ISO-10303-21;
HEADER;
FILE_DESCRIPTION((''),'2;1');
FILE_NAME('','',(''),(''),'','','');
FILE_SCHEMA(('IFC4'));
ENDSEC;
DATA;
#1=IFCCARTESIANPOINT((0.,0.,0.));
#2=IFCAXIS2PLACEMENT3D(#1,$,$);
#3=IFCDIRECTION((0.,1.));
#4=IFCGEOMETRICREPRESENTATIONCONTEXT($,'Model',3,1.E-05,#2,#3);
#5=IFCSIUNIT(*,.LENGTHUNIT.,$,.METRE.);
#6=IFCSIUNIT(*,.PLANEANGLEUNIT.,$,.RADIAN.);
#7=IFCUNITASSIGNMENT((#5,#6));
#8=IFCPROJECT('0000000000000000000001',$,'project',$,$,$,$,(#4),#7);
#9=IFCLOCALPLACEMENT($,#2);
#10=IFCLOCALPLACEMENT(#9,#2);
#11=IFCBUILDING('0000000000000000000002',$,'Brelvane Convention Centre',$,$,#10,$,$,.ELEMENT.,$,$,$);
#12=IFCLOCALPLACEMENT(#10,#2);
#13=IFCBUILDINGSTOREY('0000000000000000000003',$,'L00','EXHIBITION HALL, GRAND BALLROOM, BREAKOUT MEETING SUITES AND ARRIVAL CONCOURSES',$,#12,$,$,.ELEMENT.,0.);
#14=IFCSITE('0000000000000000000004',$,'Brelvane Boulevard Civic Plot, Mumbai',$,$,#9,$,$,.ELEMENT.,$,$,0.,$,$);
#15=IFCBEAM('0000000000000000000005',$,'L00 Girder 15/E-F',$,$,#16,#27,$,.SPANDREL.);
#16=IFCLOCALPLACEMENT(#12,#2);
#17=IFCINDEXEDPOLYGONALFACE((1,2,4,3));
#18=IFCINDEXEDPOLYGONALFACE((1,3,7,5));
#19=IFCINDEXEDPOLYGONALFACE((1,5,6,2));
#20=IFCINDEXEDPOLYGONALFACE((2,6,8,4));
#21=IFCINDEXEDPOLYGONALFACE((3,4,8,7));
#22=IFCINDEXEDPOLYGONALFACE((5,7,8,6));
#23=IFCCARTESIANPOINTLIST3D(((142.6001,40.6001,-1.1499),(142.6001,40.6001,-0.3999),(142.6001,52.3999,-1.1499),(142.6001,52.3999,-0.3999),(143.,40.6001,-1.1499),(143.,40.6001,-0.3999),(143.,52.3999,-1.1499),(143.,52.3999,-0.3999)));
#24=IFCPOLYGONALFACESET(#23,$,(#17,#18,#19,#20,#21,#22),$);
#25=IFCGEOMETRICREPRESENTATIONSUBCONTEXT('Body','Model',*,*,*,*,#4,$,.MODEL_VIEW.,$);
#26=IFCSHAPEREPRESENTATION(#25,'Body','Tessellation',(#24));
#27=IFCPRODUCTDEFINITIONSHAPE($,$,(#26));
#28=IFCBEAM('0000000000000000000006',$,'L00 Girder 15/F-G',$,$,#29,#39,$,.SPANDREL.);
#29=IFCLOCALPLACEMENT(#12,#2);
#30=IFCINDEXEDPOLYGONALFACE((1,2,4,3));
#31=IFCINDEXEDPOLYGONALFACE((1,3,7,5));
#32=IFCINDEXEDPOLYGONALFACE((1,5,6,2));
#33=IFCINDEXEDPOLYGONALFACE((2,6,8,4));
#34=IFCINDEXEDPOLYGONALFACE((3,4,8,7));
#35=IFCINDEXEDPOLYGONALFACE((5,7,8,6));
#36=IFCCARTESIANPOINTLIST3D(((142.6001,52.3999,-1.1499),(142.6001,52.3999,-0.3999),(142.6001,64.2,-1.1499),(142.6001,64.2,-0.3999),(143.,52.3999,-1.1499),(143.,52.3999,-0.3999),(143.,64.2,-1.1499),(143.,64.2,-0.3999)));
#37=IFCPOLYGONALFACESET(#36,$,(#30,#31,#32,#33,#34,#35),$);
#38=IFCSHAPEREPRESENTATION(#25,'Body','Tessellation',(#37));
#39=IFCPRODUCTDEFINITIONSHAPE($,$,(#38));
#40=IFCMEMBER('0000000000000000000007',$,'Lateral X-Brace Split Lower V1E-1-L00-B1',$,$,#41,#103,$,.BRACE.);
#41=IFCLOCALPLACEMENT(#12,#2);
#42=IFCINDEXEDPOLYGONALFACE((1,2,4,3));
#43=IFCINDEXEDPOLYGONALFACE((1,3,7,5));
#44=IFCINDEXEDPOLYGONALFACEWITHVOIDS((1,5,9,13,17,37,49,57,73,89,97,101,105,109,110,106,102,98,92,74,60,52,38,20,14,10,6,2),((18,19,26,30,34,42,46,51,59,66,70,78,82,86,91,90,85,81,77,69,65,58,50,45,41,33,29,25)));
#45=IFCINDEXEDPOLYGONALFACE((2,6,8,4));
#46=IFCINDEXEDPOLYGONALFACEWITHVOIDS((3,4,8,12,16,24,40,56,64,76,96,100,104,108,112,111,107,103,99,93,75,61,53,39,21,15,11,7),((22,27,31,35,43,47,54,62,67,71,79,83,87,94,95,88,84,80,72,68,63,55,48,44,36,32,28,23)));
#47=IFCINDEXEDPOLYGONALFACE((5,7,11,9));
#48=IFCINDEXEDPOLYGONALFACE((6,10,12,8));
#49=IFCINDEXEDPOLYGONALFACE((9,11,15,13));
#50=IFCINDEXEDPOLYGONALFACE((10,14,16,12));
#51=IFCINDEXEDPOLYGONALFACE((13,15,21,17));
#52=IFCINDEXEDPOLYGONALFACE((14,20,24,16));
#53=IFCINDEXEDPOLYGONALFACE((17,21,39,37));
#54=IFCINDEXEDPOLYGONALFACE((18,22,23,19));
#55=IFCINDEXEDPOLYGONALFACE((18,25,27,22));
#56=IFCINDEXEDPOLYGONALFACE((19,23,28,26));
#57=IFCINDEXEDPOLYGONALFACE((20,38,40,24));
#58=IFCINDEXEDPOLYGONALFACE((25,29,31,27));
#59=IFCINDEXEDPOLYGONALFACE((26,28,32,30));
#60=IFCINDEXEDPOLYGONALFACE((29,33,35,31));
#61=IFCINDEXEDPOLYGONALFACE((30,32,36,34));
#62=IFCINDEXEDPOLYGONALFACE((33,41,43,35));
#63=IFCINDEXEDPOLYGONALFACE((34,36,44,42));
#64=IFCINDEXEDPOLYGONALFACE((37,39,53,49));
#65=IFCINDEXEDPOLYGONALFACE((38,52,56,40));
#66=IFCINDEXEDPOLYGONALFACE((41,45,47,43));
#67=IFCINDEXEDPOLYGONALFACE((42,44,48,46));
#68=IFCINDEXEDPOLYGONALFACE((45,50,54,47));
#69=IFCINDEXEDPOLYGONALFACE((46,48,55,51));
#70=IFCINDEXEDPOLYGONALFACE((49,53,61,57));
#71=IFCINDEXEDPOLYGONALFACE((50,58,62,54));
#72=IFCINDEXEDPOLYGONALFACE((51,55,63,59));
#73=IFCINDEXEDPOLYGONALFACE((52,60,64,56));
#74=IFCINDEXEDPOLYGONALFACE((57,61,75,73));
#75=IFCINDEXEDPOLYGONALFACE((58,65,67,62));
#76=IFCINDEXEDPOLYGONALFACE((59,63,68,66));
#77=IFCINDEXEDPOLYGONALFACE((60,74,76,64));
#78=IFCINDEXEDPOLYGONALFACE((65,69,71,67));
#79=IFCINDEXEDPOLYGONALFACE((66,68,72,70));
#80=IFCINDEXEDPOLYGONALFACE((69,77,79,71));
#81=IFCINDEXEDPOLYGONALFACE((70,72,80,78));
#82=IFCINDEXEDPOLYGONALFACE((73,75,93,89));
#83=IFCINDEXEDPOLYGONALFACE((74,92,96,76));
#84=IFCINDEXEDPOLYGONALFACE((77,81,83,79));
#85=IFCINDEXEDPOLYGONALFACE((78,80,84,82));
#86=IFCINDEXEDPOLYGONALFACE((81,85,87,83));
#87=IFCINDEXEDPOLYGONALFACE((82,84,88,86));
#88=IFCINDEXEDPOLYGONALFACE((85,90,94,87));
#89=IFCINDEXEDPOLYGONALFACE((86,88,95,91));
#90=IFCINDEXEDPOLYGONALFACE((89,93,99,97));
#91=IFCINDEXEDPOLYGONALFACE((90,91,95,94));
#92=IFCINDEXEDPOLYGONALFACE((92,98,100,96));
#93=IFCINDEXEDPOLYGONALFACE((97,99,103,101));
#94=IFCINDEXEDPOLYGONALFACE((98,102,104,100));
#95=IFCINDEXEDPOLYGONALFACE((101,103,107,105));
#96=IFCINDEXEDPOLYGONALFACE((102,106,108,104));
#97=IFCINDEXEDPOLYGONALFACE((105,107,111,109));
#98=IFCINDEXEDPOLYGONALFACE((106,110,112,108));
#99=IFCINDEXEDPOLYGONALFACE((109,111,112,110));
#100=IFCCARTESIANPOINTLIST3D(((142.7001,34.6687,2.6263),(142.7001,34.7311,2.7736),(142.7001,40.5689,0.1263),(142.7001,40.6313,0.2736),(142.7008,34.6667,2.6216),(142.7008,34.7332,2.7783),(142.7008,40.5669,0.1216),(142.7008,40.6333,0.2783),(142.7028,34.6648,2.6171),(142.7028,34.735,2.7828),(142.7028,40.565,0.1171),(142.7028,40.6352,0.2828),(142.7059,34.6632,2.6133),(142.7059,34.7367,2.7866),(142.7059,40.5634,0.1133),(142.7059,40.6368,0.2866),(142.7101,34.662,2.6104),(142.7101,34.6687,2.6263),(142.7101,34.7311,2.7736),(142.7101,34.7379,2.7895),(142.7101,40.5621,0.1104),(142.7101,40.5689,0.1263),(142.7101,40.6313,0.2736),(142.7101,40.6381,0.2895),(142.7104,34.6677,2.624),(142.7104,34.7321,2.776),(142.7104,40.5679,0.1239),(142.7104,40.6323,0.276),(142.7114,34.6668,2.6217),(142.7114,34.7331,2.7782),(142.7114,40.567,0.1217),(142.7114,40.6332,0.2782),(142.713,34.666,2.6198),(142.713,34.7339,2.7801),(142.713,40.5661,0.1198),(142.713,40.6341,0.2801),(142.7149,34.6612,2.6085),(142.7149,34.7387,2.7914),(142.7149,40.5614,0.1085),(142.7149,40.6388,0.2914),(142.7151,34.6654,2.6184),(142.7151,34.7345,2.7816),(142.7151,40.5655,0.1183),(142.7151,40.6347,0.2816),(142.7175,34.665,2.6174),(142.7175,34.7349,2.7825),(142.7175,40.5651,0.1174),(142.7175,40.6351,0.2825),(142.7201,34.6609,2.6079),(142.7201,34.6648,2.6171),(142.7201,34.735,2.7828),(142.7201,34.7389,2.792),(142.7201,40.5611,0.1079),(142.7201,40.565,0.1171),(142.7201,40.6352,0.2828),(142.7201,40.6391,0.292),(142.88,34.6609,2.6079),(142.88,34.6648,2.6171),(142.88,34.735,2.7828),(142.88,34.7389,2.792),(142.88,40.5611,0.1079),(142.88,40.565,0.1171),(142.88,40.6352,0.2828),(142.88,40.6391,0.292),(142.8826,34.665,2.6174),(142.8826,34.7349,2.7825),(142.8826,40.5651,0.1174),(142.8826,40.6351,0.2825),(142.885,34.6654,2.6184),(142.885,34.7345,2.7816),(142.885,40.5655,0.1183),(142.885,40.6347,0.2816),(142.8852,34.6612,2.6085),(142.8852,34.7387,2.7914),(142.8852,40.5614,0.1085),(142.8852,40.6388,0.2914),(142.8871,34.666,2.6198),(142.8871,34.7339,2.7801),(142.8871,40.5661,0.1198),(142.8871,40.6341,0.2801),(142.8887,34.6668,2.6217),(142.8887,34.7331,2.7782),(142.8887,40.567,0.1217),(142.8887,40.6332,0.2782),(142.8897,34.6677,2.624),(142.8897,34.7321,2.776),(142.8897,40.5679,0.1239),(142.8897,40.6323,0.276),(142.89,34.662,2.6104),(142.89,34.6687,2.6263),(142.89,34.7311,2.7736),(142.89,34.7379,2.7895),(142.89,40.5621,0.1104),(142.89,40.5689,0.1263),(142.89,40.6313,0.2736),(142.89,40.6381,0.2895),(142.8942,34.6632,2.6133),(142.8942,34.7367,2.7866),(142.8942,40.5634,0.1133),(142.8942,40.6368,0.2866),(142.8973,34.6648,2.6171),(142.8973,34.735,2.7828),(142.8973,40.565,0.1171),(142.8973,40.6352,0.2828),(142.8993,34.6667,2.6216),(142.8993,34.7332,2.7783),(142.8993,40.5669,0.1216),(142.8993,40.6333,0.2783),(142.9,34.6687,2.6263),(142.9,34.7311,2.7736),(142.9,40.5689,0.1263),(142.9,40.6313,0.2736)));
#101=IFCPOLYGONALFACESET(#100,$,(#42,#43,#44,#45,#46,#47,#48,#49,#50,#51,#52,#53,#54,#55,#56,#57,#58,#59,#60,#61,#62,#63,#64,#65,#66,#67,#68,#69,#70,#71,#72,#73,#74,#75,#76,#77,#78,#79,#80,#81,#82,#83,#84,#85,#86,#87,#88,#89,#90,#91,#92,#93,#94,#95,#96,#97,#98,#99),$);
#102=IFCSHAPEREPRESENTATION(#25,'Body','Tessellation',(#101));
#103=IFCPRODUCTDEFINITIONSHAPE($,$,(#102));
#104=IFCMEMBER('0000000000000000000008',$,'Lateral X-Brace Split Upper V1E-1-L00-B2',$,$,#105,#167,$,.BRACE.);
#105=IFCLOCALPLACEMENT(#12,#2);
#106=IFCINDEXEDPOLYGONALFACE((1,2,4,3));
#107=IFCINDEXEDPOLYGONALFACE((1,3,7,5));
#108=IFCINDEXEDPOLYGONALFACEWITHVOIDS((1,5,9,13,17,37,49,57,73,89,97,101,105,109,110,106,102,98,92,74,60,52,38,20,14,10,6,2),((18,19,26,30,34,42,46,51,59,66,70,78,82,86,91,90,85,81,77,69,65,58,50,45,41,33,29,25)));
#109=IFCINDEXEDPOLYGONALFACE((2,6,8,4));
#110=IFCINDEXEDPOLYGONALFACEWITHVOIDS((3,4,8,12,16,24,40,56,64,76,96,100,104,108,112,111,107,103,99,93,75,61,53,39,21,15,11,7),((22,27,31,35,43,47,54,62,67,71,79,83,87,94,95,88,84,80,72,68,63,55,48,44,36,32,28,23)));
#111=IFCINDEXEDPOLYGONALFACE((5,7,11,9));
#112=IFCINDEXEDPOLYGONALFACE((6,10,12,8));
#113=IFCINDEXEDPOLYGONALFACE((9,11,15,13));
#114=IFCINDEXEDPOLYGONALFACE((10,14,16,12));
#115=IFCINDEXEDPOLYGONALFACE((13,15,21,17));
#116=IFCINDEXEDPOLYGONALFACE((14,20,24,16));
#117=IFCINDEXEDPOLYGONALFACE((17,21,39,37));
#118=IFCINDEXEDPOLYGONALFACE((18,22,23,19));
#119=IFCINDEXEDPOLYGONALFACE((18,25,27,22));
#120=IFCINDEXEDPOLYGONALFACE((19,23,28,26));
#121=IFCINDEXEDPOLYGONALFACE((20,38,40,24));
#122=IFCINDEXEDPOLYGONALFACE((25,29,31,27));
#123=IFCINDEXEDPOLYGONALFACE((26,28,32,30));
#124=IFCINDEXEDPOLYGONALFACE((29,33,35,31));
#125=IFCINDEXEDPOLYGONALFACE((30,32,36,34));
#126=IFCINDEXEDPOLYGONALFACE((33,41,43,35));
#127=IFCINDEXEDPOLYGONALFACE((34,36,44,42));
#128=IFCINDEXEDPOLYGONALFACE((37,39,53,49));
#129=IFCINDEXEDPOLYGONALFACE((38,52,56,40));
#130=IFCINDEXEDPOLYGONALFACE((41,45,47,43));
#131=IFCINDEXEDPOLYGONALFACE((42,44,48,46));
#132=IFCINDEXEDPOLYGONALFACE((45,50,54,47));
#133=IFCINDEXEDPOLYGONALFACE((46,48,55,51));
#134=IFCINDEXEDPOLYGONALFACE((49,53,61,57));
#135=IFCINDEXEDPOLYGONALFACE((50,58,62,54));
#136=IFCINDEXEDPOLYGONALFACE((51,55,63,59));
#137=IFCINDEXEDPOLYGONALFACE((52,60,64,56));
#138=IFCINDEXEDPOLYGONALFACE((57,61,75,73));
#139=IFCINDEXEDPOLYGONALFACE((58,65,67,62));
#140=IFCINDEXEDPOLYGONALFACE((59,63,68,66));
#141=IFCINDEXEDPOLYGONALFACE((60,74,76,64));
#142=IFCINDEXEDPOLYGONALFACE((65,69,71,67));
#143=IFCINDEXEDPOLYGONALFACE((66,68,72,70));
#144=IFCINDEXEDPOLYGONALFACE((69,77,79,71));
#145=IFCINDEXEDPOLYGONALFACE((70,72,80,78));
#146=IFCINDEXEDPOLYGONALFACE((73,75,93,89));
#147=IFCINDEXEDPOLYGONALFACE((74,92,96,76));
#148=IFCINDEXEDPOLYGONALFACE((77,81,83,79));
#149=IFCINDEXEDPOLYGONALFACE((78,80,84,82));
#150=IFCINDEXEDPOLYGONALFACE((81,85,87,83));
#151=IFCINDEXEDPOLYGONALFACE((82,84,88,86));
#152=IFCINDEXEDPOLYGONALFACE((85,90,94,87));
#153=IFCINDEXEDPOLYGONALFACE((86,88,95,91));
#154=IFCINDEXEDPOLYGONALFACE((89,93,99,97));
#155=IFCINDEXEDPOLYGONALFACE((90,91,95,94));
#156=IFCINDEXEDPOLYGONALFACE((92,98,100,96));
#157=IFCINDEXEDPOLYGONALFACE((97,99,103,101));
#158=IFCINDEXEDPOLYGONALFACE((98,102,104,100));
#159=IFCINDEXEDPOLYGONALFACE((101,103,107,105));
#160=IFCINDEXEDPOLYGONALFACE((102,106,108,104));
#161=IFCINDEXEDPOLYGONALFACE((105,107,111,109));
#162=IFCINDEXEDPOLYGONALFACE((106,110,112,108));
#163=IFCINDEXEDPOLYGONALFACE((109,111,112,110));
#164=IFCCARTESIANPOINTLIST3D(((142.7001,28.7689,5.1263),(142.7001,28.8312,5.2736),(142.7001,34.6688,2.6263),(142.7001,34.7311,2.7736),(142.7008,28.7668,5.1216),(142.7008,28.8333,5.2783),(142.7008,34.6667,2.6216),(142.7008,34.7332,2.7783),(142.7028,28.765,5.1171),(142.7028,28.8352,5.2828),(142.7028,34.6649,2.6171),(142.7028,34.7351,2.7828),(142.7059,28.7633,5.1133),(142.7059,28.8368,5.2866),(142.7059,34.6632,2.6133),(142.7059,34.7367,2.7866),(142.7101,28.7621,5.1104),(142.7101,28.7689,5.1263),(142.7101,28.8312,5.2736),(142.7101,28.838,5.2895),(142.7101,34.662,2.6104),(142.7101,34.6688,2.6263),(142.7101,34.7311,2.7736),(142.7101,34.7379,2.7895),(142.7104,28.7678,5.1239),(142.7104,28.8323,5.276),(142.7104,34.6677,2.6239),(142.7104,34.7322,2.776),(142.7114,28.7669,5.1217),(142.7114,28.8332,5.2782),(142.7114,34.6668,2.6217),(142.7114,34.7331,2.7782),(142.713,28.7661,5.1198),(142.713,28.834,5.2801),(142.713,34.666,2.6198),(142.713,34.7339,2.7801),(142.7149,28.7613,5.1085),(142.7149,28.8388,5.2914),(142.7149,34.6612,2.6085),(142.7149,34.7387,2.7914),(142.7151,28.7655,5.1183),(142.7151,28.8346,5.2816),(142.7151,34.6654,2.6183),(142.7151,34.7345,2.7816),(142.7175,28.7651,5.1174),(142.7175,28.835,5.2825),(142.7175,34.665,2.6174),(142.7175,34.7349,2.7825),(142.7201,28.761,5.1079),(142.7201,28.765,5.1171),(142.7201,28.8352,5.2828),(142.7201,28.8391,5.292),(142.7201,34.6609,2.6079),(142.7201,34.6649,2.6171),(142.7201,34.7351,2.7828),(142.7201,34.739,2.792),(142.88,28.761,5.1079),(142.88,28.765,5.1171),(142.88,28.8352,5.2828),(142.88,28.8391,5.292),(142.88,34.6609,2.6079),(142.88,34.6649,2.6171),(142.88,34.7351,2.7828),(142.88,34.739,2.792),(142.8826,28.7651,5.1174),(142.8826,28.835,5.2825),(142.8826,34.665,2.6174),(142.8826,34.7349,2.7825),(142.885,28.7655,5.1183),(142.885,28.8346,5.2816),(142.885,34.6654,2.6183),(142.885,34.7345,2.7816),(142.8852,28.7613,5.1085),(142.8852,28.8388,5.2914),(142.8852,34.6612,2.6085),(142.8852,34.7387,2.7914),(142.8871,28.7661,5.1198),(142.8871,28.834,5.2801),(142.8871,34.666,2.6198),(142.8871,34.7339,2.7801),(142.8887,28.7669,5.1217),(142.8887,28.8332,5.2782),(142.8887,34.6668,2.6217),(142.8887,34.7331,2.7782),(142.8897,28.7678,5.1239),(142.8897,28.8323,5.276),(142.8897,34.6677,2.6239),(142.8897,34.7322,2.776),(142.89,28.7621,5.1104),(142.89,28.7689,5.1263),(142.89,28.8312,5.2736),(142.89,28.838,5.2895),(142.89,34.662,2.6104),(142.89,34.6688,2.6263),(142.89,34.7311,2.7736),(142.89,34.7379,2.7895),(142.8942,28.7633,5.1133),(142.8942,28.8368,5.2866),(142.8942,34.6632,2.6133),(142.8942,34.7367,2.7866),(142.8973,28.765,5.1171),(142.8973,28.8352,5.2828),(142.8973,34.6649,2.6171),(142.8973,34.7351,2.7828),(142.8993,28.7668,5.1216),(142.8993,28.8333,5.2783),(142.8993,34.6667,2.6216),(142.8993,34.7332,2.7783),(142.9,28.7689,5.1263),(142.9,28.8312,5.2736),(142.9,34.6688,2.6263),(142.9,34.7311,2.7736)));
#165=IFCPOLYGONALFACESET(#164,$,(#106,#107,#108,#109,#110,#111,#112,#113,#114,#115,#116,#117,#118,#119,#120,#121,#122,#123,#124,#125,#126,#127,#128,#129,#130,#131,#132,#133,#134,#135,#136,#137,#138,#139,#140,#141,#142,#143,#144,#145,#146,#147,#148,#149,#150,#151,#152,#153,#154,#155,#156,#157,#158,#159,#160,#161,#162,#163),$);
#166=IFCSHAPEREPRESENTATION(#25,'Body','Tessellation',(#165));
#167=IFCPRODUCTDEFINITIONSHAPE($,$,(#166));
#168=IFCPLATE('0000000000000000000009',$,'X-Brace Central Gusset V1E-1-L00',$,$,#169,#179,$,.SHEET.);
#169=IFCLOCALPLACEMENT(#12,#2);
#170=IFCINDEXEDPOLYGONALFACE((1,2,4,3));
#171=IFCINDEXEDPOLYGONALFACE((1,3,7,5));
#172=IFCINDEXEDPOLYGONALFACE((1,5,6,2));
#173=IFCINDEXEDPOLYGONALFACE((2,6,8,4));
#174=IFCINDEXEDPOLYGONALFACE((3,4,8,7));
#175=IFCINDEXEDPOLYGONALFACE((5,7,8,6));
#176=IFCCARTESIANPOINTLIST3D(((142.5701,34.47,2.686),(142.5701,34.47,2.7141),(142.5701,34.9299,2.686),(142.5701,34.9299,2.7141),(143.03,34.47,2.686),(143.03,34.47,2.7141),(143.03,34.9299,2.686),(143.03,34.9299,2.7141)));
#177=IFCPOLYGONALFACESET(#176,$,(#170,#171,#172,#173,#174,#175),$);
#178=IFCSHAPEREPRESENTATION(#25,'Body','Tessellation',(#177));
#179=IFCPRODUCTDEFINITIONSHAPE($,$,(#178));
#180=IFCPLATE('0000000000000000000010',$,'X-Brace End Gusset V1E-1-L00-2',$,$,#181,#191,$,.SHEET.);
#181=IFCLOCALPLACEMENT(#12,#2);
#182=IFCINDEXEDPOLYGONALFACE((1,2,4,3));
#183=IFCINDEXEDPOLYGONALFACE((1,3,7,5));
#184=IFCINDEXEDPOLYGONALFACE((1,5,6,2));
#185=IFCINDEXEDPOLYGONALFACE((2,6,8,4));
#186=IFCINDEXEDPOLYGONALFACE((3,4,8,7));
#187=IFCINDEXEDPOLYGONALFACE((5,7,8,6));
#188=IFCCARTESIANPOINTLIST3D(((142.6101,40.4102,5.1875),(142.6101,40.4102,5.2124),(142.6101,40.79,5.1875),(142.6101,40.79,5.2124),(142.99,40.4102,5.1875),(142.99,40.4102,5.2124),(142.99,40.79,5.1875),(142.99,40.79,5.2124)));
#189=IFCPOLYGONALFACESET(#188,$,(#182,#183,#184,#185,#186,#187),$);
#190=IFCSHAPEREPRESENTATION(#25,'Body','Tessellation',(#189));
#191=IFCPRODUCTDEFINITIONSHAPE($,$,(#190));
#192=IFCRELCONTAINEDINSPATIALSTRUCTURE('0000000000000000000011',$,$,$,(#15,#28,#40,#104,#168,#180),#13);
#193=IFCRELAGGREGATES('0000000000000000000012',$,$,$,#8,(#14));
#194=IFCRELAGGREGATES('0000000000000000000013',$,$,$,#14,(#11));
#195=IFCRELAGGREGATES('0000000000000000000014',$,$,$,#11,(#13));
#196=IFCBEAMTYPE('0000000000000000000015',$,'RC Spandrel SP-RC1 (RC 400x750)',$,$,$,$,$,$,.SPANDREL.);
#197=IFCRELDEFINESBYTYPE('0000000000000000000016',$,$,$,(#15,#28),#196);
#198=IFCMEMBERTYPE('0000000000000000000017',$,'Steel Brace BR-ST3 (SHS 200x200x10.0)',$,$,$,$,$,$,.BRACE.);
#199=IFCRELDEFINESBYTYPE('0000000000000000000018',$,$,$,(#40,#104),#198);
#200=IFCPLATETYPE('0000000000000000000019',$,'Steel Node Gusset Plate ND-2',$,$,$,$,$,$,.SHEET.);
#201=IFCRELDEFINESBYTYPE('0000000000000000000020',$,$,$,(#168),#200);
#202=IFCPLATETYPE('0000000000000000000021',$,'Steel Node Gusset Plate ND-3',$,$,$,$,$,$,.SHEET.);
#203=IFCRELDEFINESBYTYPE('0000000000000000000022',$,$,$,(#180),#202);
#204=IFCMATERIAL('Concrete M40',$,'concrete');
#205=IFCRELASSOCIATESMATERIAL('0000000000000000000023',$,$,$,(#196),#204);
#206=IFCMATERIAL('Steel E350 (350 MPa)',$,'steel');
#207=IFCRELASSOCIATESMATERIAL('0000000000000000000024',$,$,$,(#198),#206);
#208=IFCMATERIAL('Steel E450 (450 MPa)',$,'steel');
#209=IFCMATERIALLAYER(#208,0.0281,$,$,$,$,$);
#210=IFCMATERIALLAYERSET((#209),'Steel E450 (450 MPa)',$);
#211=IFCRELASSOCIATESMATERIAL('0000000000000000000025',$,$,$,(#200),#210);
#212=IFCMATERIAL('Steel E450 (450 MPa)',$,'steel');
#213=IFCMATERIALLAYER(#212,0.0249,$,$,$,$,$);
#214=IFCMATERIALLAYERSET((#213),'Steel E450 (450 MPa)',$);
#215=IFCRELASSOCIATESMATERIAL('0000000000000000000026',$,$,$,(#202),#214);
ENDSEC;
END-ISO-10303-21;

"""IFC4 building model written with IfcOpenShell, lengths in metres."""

from ifc_helpers import new_model, si_unit, direction, frame, origin, origin_2d, place, context, subcontext, project, spatial, rectangle, hollow_rectangle, extrude, material, layer, layer_set, material_profile, profile_set, type_object, element, save


model = new_model("IFC4")

# Units and contexts
model_context = context("Model", 3, precision=1e-05, world=origin(), true_north=direction((0.0, 1.0)))
body_context = subcontext(model_context, "Body", "Model", "MODEL_VIEW")
ifc_project = project(units=[si_unit("LENGTHUNIT", "METRE"), si_unit("PLANEANGLEUNIT", "RADIAN")], contexts=[model_context])

# Site, building, storey
site_placement = place(None, origin())
site = spatial("IfcSite", under=ifc_project, at=site_placement, Name="Brelvane Boulevard Civic Plot, Mumbai", CompositionType="ELEMENT", RefElevation=0.0)
building_placement = place(site_placement, origin())
building = spatial("IfcBuilding", under=site, at=building_placement, Name="Brelvane Convention Centre", CompositionType="ELEMENT")
storey_placement = place(building_placement, origin())
storey = spatial("IfcBuildingStorey", under=building, at=storey_placement, Name="L00", Description="EXHIBITION HALL, GRAND BALLROOM, BREAKOUT MEETING SUITES AND ARRIVAL CONCOURSES", CompositionType="ELEMENT", Elevation=0.0)

# Beams
ifc_material_1 = material(Name="Concrete M40", Category="concrete")
ifc_material_profile_1 = material_profile(ifc_material_1, rectangle(XDim=0.3999, YDim=0.75, at=origin_2d()), Name="RC 400x750")
ifc_profile_set_1 = profile_set([ifc_material_profile_1], Name="Concrete M40")
beam_type_1 = type_object("IfcBeamType", Name="RC Spandrel SP-RC1 (RC 400x750)", PredefinedType="SPANDREL", material=ifc_profile_set_1)
beam_1_placement = place(storey_placement, frame((142.8, 40.6001, -0.7749), z_axis=(0.0, 1.0, 0.0), x_axis=(-1.0, 0.0, 0.0)))
element("IfcBeam", 1, at=beam_1_placement, inside=storey, type_object=beam_type_1, Name="L00 Girder 15/E-F", PredefinedType="SPANDREL", context=body_context, shape_type="SweptSolid", body=[
    extrude(rectangle(XDim=0.3999, YDim=0.75, at=origin_2d()), origin(), (0.0, 0.0, 1.0), 11.7998),
])
beam_2_placement = place(storey_placement, frame((142.8, 52.3999, -0.7749), z_axis=(0.0, 1.0, 0.0), x_axis=(-1.0, 0.0, 0.0)))
element("IfcBeam", 2, at=beam_2_placement, inside=storey, type_object=beam_type_1, Name="L00 Girder 15/F-G", PredefinedType="SPANDREL", context=body_context, shape_type="SweptSolid", body=[
    extrude(rectangle(XDim=0.3999, YDim=0.75, at=origin_2d()), origin(), (0.0, 0.0, 1.0), 11.8),
])

# Members
ifc_material_2 = material(Name="Steel E350 (350 MPa)", Category="steel")
ifc_material_profile_2 = material_profile(ifc_material_2, hollow_rectangle(XDim=0.2, YDim=0.2, WallThickness=0.01, InnerFilletRadius=0.01, OuterFilletRadius=0.02, at=origin_2d()), Name="SHS 200x200x10.0")
ifc_profile_set_2 = profile_set([ifc_material_profile_2], Name="Steel E350 (350 MPa)")
member_type = type_object("IfcMemberType", Name="Steel Brace BR-ST3 (SHS 200x200x10.0)", PredefinedType="BRACE", material=ifc_profile_set_2)
member_1_placement = place(storey_placement, frame((142.8, 40.6001, 0.2), z_axis=(0.0, -0.920755, 0.390141), x_axis=(1.0, 0.0, 0.0)))
element("IfcMember", 3, at=member_1_placement, inside=storey, type_object=member_type, Name="Lateral X-Brace Split Lower V1E-1-L00-B1", PredefinedType="BRACE", context=body_context, shape_type="SweptSolid", body=[
    extrude(hollow_rectangle(XDim=0.2, YDim=0.2, WallThickness=0.01, InnerFilletRadius=0.01, OuterFilletRadius=0.02, at=origin_2d()), origin(), (0.0, 0.0, 1.0), 6.408),
])
member_2_placement = place(storey_placement, frame((142.8, 34.7, 2.7), z_axis=(0.0, -0.920749, 0.390155), x_axis=(1.0, 0.0, 0.0)))
element("IfcMember", 4, at=member_2_placement, inside=storey, type_object=member_type, Name="Lateral X-Brace Split Upper V1E-1-L00-B2", PredefinedType="BRACE", context=body_context, shape_type="SweptSolid", body=[
    extrude(hollow_rectangle(XDim=0.2, YDim=0.2, WallThickness=0.01, InnerFilletRadius=0.01, OuterFilletRadius=0.02, at=origin_2d()), origin(), (0.0, 0.0, 1.0), 6.4077),
])

# Plates
ifc_material_3 = material(Name="Steel E450 (450 MPa)", Category="steel")
ifc_layer_1 = layer(ifc_material_3, 0.0281)
ifc_layer_set_1 = layer_set([ifc_layer_1], Name="Steel E450 (450 MPa)")
plate_type_1 = type_object("IfcPlateType", Name="Steel Node Gusset Plate ND-2", PredefinedType="SHEET", material=ifc_layer_set_1)
plate_placement = place(storey_placement, frame((142.8, 34.7, 2.686), z_axis=(0.0, 0.0, 1.0), x_axis=(1.0, 0.0, 0.0)))
element("IfcPlate", 5, at=plate_placement, inside=storey, type_object=plate_type_1, Name="X-Brace Central Gusset V1E-1-L00", PredefinedType="SHEET", context=body_context, shape_type="SweptSolid", body=[
    extrude(rectangle(XDim=0.46, YDim=0.46, at=origin_2d()), origin(), (0.0, 0.0, 1.0), 0.0281),
])
ifc_material_4 = material(Name="Steel E450 (450 MPa)", Category="steel")
ifc_layer_2 = layer(ifc_material_4, 0.0249)
ifc_layer_set_2 = layer_set([ifc_layer_2], Name="Steel E450 (450 MPa)")
plate_type_2 = type_object("IfcPlateType", Name="Steel Node Gusset Plate ND-3", PredefinedType="SHEET", material=ifc_layer_set_2)
for number, where, z_axis, x_axis, name in (
    (6, (142.8, 40.6001, 5.1875), (0.0, 0.0, 1.0), (1.0, 0.0, 0.0), "X-Brace End Gusset V1E-1-L00-2"),
):
    element("IfcPlate", number, at=place(storey_placement, frame(where, z_axis=z_axis, x_axis=x_axis)), inside=storey, type_object=plate_type_2, Name=name, PredefinedType="SHEET", context=body_context, shape_type="SweptSolid", body=[
        extrude(rectangle(XDim=0.3799, YDim=0.3799, at=origin_2d()), origin(), (0.0, 0.0, 1.0), 0.0249),
    ])

save(model, "model.ifc")
